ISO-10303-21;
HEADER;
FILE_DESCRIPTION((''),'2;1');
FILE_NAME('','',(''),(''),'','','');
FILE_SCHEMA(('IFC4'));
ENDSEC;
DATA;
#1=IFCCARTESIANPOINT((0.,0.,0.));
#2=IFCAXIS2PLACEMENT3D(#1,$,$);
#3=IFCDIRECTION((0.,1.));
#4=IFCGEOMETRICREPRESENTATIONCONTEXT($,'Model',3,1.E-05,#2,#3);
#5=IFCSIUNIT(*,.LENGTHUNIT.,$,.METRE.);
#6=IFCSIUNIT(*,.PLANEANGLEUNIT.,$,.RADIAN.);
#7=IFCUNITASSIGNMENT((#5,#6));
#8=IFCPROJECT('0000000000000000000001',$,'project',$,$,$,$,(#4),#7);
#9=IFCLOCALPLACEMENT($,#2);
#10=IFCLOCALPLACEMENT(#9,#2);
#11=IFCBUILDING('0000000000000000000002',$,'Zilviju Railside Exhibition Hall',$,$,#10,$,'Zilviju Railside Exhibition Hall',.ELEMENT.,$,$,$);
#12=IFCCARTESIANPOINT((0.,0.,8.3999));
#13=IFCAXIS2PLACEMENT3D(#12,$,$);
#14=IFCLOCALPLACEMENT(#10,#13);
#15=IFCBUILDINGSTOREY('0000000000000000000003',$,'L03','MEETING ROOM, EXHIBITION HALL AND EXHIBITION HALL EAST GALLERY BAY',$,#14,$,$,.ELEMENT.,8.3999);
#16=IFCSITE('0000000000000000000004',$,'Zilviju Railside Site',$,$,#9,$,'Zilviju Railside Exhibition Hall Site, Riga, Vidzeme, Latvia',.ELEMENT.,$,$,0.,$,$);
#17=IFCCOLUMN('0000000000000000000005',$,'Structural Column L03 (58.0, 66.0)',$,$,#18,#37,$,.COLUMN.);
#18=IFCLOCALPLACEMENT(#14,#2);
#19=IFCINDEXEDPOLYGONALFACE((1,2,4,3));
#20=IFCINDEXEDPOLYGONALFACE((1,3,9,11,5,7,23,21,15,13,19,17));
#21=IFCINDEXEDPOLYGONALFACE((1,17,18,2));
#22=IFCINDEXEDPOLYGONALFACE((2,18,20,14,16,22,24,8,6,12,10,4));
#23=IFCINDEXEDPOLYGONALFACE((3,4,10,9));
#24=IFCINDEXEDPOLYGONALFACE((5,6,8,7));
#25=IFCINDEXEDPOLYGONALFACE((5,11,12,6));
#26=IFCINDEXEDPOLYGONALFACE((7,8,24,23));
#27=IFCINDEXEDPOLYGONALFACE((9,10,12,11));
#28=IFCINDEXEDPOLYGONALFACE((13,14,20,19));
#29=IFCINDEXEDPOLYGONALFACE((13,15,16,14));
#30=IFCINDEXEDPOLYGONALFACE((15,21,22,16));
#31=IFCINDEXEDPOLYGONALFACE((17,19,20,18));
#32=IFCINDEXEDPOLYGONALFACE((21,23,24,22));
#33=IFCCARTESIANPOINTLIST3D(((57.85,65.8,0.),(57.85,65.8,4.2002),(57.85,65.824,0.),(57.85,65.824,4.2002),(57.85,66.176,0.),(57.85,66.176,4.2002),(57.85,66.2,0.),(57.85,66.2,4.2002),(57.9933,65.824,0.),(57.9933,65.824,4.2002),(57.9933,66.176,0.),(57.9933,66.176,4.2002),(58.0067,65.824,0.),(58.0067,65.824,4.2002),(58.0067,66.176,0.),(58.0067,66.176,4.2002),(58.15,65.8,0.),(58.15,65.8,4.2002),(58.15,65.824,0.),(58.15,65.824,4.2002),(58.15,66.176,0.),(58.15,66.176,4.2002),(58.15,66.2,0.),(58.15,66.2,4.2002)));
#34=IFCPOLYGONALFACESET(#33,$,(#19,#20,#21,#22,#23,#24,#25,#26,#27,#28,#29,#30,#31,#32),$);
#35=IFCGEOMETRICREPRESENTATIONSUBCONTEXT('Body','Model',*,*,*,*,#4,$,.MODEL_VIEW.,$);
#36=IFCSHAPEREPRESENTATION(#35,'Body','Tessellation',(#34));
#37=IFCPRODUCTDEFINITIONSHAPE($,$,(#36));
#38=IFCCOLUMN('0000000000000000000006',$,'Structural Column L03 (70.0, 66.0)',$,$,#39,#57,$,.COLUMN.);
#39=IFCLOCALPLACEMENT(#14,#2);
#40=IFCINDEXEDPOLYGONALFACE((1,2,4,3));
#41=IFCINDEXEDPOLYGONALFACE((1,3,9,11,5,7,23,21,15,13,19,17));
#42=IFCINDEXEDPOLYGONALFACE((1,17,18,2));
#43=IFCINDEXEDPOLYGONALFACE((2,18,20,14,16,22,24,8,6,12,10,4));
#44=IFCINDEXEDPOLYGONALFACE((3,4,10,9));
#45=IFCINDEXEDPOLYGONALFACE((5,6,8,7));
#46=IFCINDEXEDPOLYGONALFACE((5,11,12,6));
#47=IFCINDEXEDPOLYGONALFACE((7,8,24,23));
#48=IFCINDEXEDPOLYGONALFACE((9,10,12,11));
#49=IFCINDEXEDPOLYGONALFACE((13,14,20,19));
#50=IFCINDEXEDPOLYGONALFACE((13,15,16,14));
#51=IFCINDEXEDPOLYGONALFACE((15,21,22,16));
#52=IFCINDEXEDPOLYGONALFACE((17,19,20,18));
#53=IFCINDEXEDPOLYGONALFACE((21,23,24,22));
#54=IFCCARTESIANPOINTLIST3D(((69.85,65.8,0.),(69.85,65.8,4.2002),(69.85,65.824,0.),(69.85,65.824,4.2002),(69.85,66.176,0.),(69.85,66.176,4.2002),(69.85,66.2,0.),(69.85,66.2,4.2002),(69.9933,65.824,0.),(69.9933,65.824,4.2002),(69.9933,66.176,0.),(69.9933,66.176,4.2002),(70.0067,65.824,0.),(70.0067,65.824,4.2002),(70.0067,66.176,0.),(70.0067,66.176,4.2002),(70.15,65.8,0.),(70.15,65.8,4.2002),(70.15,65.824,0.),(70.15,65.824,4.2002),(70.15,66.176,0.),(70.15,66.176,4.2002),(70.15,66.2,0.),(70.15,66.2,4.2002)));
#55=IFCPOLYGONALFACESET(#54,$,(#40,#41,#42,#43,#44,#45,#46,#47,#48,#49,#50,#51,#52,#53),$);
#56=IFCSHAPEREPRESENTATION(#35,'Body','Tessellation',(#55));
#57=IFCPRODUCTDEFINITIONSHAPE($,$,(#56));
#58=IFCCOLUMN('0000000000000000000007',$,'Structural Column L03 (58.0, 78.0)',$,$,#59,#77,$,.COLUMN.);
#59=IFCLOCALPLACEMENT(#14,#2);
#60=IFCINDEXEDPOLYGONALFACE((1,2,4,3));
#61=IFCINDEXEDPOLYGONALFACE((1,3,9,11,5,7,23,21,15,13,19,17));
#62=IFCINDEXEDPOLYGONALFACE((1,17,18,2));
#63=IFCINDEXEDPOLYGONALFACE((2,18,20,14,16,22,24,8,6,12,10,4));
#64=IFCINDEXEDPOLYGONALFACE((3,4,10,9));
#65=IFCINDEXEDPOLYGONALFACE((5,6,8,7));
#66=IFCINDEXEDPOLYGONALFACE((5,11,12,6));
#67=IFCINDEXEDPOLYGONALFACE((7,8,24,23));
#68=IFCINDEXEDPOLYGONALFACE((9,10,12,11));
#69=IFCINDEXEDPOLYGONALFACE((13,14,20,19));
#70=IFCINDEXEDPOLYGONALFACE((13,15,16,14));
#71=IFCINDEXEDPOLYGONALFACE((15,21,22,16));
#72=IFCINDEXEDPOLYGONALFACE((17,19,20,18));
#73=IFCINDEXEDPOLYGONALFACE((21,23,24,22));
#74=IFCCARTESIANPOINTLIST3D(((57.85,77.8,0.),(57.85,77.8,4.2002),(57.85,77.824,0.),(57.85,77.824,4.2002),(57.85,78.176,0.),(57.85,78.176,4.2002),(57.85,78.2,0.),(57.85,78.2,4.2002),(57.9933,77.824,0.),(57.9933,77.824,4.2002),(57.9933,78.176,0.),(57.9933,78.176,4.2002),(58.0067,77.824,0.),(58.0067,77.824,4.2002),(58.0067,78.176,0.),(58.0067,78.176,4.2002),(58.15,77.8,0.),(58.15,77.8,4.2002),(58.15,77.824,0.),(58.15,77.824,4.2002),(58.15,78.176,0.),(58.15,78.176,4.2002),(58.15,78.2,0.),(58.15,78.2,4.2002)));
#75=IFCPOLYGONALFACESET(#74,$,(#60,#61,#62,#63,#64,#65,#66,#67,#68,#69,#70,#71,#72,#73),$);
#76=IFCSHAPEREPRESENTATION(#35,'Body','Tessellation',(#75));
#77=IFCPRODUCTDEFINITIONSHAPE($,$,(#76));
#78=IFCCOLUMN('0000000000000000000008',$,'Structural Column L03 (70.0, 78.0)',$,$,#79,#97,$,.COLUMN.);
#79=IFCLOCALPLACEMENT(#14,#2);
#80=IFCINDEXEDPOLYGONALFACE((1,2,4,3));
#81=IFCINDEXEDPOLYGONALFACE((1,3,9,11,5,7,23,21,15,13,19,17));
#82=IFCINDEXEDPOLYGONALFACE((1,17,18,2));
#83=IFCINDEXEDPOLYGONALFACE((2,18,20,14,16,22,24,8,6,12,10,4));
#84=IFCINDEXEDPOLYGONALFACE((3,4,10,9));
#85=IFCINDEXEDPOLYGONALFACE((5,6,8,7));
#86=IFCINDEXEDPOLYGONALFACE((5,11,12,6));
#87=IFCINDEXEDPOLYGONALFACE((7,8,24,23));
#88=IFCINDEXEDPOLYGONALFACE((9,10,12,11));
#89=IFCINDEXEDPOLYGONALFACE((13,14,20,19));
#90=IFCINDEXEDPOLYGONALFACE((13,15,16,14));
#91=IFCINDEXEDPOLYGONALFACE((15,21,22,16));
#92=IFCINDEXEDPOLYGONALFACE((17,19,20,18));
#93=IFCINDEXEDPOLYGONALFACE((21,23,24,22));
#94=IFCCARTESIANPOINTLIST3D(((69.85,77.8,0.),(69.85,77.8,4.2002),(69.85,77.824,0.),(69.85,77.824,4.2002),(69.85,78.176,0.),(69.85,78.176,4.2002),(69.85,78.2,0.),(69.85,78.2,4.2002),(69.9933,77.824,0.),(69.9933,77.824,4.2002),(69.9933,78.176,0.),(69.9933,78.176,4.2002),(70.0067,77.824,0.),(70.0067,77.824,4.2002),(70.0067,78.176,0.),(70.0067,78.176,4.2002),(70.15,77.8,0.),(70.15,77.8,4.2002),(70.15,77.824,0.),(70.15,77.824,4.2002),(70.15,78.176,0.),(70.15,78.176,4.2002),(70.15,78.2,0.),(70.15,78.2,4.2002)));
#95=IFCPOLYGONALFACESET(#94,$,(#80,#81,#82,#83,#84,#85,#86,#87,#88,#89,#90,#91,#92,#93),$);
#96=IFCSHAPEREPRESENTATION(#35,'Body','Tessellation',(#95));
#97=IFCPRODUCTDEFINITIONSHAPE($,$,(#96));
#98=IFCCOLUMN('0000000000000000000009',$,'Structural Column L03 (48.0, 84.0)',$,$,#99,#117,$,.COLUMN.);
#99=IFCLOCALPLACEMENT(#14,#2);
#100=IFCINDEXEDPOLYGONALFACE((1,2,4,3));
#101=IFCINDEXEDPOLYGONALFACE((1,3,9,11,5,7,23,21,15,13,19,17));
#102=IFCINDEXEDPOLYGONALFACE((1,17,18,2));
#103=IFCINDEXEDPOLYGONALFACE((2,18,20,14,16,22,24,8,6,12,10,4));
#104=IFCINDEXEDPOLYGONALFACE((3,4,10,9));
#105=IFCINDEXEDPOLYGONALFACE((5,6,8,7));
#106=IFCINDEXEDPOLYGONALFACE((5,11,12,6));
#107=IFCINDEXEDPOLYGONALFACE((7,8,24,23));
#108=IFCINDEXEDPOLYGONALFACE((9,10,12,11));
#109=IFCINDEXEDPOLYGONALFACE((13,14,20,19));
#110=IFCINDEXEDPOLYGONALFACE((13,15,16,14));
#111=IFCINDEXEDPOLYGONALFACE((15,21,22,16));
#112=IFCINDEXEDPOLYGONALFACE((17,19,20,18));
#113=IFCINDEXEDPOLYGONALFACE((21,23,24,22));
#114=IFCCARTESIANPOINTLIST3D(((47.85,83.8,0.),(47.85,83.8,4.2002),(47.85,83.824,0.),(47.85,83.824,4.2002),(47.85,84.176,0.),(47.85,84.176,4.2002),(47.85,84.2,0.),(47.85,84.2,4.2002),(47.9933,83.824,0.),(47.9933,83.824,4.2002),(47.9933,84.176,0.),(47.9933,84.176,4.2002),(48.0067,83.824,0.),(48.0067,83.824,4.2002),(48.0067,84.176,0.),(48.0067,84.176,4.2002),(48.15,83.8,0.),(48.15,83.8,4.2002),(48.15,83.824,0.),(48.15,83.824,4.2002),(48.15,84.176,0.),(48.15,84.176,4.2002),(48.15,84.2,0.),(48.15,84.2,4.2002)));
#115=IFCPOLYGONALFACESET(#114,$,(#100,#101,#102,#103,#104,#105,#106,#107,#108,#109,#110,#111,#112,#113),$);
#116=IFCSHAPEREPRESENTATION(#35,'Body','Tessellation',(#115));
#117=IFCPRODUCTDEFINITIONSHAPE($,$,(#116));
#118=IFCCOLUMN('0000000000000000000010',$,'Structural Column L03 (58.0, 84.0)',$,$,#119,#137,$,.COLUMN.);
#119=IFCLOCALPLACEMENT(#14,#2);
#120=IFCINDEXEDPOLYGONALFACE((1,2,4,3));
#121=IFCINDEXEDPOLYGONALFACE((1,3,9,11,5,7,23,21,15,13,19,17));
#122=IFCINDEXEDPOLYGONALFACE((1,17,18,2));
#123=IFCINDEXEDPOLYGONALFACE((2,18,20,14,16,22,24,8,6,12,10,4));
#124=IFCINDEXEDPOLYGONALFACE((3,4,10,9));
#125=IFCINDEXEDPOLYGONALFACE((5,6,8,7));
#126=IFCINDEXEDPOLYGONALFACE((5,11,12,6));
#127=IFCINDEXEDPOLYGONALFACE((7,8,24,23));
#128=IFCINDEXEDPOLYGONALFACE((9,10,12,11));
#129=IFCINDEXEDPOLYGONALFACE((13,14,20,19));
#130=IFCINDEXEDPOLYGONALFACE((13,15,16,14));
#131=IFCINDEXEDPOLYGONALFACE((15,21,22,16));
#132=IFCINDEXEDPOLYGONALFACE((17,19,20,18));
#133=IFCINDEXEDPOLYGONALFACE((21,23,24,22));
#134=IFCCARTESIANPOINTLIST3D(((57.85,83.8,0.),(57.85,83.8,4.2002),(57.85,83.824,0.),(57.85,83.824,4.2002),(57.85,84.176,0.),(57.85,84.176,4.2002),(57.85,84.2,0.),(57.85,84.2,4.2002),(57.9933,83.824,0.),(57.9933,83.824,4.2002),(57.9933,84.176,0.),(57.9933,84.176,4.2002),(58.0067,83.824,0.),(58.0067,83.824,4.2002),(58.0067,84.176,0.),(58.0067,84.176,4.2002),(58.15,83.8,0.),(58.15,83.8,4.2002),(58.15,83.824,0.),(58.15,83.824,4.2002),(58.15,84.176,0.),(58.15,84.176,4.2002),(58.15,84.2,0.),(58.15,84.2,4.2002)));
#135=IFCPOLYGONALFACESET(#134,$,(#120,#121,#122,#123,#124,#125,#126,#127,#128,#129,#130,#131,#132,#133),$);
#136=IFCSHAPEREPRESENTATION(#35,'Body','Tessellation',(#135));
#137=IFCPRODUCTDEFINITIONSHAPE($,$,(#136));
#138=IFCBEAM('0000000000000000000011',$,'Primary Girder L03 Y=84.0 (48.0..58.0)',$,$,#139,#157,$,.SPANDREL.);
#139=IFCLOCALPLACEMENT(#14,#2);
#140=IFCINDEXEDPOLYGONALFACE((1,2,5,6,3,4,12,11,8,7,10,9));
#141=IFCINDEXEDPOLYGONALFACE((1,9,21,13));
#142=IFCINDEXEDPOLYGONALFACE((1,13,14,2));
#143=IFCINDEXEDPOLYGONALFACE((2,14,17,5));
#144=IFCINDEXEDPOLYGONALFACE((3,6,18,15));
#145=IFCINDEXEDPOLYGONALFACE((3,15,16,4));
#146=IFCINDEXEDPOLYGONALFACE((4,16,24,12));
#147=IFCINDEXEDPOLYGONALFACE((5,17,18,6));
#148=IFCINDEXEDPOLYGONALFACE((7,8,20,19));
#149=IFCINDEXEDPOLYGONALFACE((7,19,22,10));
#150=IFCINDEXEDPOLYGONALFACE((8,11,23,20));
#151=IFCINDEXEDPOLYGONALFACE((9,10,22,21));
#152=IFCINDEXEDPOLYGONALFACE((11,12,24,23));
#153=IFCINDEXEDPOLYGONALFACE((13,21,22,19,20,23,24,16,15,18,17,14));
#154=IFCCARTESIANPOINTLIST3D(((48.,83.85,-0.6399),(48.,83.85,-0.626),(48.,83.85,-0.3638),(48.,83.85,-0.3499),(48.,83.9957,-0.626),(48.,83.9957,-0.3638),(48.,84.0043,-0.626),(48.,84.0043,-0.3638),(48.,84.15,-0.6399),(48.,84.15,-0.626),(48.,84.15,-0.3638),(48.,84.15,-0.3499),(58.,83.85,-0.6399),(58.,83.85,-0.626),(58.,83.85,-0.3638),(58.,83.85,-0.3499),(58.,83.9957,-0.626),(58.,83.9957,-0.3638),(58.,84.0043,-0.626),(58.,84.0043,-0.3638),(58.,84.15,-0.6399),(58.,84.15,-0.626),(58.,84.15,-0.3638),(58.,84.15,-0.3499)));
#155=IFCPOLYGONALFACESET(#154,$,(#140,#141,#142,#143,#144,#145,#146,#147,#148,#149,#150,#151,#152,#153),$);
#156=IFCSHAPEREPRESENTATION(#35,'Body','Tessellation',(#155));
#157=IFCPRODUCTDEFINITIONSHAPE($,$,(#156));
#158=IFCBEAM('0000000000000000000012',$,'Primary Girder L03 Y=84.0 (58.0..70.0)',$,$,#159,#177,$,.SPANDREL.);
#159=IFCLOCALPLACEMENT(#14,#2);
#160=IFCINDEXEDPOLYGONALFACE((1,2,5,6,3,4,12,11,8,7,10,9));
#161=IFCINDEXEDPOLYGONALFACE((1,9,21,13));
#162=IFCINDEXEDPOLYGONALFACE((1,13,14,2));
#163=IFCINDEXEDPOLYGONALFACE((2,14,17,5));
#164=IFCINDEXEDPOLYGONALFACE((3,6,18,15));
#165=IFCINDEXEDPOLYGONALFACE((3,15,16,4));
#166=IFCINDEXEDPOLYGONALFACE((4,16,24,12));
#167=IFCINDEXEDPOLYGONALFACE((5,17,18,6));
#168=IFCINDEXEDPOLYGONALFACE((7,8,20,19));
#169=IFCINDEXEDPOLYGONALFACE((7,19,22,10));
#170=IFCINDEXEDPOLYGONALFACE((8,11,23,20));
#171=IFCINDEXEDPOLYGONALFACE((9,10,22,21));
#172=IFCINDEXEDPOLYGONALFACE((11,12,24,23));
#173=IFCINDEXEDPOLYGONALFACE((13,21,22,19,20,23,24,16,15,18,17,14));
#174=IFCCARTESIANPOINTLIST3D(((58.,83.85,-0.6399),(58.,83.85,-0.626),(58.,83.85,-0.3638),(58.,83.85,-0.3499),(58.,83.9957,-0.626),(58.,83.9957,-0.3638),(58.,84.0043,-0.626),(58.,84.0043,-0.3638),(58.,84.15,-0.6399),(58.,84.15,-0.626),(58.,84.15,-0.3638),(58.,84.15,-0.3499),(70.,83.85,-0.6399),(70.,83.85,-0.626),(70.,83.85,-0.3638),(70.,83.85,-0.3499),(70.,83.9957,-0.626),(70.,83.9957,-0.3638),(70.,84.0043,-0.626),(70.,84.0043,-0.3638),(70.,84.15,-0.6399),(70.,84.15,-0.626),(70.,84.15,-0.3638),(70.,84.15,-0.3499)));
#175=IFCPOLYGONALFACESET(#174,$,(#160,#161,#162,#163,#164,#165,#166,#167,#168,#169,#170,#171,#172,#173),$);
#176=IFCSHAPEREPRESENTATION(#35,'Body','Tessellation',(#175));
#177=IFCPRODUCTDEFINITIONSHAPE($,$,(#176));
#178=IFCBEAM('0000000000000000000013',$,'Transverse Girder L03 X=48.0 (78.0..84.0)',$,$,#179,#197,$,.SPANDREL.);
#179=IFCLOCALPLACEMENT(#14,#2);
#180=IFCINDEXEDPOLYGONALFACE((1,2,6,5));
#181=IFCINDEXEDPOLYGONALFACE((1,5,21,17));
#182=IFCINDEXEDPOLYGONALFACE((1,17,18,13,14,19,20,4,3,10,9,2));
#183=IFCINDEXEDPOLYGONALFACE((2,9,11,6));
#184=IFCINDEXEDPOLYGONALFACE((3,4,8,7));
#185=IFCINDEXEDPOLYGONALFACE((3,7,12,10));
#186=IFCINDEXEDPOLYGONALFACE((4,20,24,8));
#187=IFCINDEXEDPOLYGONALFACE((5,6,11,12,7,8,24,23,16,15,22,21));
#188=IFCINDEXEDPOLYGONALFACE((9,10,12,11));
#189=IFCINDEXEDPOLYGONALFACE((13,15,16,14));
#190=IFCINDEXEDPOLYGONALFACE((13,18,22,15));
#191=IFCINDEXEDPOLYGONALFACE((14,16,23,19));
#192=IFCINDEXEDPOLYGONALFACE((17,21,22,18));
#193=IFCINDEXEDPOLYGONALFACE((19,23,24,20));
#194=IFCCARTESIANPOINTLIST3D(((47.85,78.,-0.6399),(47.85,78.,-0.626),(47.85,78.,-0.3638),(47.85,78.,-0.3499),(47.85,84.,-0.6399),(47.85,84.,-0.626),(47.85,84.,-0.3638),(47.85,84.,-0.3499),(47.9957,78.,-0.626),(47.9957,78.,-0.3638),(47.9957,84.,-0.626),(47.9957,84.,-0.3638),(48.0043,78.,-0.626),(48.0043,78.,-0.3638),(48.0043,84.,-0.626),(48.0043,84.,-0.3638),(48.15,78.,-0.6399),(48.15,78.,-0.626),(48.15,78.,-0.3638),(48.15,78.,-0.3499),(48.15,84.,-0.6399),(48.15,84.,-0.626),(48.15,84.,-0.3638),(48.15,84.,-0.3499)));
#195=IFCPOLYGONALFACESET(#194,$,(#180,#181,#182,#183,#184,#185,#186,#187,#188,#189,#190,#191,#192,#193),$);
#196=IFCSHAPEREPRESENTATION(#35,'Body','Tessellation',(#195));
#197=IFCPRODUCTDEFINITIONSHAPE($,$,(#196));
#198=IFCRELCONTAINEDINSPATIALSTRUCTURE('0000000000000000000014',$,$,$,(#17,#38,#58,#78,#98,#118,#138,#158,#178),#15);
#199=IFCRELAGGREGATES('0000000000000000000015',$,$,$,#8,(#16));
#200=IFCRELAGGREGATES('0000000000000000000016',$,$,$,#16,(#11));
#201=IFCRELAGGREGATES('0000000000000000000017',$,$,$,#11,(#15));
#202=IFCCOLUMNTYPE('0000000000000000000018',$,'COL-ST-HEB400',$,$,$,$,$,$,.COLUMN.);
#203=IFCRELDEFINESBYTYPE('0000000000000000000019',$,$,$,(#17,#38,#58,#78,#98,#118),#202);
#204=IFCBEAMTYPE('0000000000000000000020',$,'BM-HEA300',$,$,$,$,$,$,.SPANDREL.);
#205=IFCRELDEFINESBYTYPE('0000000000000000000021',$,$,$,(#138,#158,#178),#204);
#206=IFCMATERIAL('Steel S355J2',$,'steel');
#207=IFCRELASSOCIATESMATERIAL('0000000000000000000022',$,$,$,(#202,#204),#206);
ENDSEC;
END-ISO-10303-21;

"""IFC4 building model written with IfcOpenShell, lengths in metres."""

from ifc_helpers import new_model, si_unit, direction, frame, origin, origin_2d, place, context, subcontext, project, spatial, i_section, extrude, material, material_profile, profile_set, type_object, element, save


model = new_model("IFC4")

# Units and contexts
model_context = context("Model", 3, precision=1e-05, world=origin(), true_north=direction((0.0, 1.0)))
body_context = subcontext(model_context, "Body", "Model", "MODEL_VIEW")
ifc_project = project(units=[si_unit("LENGTHUNIT", "METRE"), si_unit("PLANEANGLEUNIT", "RADIAN")], contexts=[model_context])

# Site, building, storey
site_placement = place(None, origin())
site = spatial("IfcSite", under=ifc_project, at=site_placement, Name="Zilviju Railside Site", LongName="Zilviju Railside Exhibition Hall Site, Riga, Vidzeme, Latvia", CompositionType="ELEMENT", RefElevation=0.0)
building_placement = place(site_placement, origin())
building = spatial("IfcBuilding", under=site, at=building_placement, Name="Zilviju Railside Exhibition Hall", LongName="Zilviju Railside Exhibition Hall", CompositionType="ELEMENT")
storey_placement = place(building_placement, frame((0.0, 0.0, 8.3999)))
storey = spatial("IfcBuildingStorey", under=building, at=storey_placement, Name="L03", Description="MEETING ROOM, EXHIBITION HALL AND EXHIBITION HALL EAST GALLERY BAY", CompositionType="ELEMENT", Elevation=8.3999)

# Columns
ifc_material = material(Name="Steel S355J2", Category="steel")
ifc_material_profile_1 = material_profile(ifc_material, i_section(OverallWidth=0.3, OverallDepth=0.3999, WebThickness=0.0134, FlangeThickness=0.0239, at=origin_2d()), Name="HEB 400")
ifc_profile_set_1 = profile_set([ifc_material_profile_1], Name="Steel S355J2")
column_type = type_object("IfcColumnType", Name="COL-ST-HEB400", PredefinedType="COLUMN", material=ifc_profile_set_1)
for number, where, z_axis, x_axis, name in (
    (1, (58.0, 66.0, 0.0), (0.0, 0.0, 1.0), (1.0, 0.0, 0.0), "Structural Column L03 (58.0, 66.0)"),
    (2, (70.0, 66.0, 0.0), (0.0, 0.0, 1.0), (1.0, 0.0, 0.0), "Structural Column L03 (70.0, 66.0)"),
    (3, (58.0, 78.0, 0.0), (0.0, 0.0, 1.0), (1.0, 0.0, 0.0), "Structural Column L03 (58.0, 78.0)"),
    (4, (70.0, 78.0, 0.0), (0.0, 0.0, 1.0), (1.0, 0.0, 0.0), "Structural Column L03 (70.0, 78.0)"),
    (5, (48.0, 84.0, 0.0), (0.0, 0.0, 1.0), (1.0, 0.0, 0.0), "Structural Column L03 (48.0, 84.0)"),
    (6, (58.0, 84.0, 0.0), (0.0, 0.0, 1.0), (1.0, 0.0, 0.0), "Structural Column L03 (58.0, 84.0)"),
):
    element("IfcColumn", number, at=place(storey_placement, frame(where, z_axis=z_axis, x_axis=x_axis)), inside=storey, type_object=column_type, Name=name, PredefinedType="COLUMN", context=body_context, shape_type="SweptSolid", body=[
        extrude(i_section(OverallWidth=0.3, OverallDepth=0.3999, WebThickness=0.0134, FlangeThickness=0.0239, at=origin_2d()), origin(), (0.0, 0.0, 1.0), 4.2002),
    ])

# Beams
ifc_material_profile_2 = material_profile(ifc_material, i_section(OverallWidth=0.3, OverallDepth=0.29, WebThickness=0.0085, FlangeThickness=0.0139, at=origin_2d()), Name="HEA 300")
ifc_profile_set_2 = profile_set([ifc_material_profile_2], Name="Steel S355J2")
beam_type_1 = type_object("IfcBeamType", Name="BM-HEA300", PredefinedType="SPANDREL", material=ifc_profile_set_2)
beam_1_placement = place(storey_placement, frame((48.0, 84.0, -0.4949), z_axis=(1.0, 0.0, 0.0), x_axis=(0.0, 1.0, 0.0)))
element("IfcBeam", 7, at=beam_1_placement, inside=storey, type_object=beam_type_1, Name="Primary Girder L03 Y=84.0 (48.0..58.0)", PredefinedType="SPANDREL", context=body_context, shape_type="SweptSolid", body=[
    extrude(i_section(OverallWidth=0.3, OverallDepth=0.29, WebThickness=0.0085, FlangeThickness=0.0139, at=origin_2d()), origin(), (0.0, 0.0, 1.0), 10.0),
])
beam_2_placement = place(storey_placement, frame((58.0, 84.0, -0.4949), z_axis=(1.0, 0.0, 0.0), x_axis=(0.0, 1.0, 0.0)))
element("IfcBeam", 8, at=beam_2_placement, inside=storey, type_object=beam_type_1, Name="Primary Girder L03 Y=84.0 (58.0..70.0)", PredefinedType="SPANDREL", context=body_context, shape_type="SweptSolid", body=[
    extrude(i_section(OverallWidth=0.3, OverallDepth=0.29, WebThickness=0.0085, FlangeThickness=0.0139, at=origin_2d()), origin(), (0.0, 0.0, 1.0), 12.0),
])
beam_3_placement = place(storey_placement, frame((48.0, 78.0, -0.4949), z_axis=(0.0, 1.0, 0.0), x_axis=(-1.0, 0.0, 0.0)))
element("IfcBeam", 9, at=beam_3_placement, inside=storey, type_object=beam_type_1, Name="Transverse Girder L03 X=48.0 (78.0..84.0)", PredefinedType="SPANDREL", context=body_context, shape_type="SweptSolid", body=[
    extrude(i_section(OverallWidth=0.3, OverallDepth=0.29, WebThickness=0.0085, FlangeThickness=0.0139, at=origin_2d()), origin(), (0.0, 0.0, 1.0), 6.0),
])

save(model, "model.ifc")
